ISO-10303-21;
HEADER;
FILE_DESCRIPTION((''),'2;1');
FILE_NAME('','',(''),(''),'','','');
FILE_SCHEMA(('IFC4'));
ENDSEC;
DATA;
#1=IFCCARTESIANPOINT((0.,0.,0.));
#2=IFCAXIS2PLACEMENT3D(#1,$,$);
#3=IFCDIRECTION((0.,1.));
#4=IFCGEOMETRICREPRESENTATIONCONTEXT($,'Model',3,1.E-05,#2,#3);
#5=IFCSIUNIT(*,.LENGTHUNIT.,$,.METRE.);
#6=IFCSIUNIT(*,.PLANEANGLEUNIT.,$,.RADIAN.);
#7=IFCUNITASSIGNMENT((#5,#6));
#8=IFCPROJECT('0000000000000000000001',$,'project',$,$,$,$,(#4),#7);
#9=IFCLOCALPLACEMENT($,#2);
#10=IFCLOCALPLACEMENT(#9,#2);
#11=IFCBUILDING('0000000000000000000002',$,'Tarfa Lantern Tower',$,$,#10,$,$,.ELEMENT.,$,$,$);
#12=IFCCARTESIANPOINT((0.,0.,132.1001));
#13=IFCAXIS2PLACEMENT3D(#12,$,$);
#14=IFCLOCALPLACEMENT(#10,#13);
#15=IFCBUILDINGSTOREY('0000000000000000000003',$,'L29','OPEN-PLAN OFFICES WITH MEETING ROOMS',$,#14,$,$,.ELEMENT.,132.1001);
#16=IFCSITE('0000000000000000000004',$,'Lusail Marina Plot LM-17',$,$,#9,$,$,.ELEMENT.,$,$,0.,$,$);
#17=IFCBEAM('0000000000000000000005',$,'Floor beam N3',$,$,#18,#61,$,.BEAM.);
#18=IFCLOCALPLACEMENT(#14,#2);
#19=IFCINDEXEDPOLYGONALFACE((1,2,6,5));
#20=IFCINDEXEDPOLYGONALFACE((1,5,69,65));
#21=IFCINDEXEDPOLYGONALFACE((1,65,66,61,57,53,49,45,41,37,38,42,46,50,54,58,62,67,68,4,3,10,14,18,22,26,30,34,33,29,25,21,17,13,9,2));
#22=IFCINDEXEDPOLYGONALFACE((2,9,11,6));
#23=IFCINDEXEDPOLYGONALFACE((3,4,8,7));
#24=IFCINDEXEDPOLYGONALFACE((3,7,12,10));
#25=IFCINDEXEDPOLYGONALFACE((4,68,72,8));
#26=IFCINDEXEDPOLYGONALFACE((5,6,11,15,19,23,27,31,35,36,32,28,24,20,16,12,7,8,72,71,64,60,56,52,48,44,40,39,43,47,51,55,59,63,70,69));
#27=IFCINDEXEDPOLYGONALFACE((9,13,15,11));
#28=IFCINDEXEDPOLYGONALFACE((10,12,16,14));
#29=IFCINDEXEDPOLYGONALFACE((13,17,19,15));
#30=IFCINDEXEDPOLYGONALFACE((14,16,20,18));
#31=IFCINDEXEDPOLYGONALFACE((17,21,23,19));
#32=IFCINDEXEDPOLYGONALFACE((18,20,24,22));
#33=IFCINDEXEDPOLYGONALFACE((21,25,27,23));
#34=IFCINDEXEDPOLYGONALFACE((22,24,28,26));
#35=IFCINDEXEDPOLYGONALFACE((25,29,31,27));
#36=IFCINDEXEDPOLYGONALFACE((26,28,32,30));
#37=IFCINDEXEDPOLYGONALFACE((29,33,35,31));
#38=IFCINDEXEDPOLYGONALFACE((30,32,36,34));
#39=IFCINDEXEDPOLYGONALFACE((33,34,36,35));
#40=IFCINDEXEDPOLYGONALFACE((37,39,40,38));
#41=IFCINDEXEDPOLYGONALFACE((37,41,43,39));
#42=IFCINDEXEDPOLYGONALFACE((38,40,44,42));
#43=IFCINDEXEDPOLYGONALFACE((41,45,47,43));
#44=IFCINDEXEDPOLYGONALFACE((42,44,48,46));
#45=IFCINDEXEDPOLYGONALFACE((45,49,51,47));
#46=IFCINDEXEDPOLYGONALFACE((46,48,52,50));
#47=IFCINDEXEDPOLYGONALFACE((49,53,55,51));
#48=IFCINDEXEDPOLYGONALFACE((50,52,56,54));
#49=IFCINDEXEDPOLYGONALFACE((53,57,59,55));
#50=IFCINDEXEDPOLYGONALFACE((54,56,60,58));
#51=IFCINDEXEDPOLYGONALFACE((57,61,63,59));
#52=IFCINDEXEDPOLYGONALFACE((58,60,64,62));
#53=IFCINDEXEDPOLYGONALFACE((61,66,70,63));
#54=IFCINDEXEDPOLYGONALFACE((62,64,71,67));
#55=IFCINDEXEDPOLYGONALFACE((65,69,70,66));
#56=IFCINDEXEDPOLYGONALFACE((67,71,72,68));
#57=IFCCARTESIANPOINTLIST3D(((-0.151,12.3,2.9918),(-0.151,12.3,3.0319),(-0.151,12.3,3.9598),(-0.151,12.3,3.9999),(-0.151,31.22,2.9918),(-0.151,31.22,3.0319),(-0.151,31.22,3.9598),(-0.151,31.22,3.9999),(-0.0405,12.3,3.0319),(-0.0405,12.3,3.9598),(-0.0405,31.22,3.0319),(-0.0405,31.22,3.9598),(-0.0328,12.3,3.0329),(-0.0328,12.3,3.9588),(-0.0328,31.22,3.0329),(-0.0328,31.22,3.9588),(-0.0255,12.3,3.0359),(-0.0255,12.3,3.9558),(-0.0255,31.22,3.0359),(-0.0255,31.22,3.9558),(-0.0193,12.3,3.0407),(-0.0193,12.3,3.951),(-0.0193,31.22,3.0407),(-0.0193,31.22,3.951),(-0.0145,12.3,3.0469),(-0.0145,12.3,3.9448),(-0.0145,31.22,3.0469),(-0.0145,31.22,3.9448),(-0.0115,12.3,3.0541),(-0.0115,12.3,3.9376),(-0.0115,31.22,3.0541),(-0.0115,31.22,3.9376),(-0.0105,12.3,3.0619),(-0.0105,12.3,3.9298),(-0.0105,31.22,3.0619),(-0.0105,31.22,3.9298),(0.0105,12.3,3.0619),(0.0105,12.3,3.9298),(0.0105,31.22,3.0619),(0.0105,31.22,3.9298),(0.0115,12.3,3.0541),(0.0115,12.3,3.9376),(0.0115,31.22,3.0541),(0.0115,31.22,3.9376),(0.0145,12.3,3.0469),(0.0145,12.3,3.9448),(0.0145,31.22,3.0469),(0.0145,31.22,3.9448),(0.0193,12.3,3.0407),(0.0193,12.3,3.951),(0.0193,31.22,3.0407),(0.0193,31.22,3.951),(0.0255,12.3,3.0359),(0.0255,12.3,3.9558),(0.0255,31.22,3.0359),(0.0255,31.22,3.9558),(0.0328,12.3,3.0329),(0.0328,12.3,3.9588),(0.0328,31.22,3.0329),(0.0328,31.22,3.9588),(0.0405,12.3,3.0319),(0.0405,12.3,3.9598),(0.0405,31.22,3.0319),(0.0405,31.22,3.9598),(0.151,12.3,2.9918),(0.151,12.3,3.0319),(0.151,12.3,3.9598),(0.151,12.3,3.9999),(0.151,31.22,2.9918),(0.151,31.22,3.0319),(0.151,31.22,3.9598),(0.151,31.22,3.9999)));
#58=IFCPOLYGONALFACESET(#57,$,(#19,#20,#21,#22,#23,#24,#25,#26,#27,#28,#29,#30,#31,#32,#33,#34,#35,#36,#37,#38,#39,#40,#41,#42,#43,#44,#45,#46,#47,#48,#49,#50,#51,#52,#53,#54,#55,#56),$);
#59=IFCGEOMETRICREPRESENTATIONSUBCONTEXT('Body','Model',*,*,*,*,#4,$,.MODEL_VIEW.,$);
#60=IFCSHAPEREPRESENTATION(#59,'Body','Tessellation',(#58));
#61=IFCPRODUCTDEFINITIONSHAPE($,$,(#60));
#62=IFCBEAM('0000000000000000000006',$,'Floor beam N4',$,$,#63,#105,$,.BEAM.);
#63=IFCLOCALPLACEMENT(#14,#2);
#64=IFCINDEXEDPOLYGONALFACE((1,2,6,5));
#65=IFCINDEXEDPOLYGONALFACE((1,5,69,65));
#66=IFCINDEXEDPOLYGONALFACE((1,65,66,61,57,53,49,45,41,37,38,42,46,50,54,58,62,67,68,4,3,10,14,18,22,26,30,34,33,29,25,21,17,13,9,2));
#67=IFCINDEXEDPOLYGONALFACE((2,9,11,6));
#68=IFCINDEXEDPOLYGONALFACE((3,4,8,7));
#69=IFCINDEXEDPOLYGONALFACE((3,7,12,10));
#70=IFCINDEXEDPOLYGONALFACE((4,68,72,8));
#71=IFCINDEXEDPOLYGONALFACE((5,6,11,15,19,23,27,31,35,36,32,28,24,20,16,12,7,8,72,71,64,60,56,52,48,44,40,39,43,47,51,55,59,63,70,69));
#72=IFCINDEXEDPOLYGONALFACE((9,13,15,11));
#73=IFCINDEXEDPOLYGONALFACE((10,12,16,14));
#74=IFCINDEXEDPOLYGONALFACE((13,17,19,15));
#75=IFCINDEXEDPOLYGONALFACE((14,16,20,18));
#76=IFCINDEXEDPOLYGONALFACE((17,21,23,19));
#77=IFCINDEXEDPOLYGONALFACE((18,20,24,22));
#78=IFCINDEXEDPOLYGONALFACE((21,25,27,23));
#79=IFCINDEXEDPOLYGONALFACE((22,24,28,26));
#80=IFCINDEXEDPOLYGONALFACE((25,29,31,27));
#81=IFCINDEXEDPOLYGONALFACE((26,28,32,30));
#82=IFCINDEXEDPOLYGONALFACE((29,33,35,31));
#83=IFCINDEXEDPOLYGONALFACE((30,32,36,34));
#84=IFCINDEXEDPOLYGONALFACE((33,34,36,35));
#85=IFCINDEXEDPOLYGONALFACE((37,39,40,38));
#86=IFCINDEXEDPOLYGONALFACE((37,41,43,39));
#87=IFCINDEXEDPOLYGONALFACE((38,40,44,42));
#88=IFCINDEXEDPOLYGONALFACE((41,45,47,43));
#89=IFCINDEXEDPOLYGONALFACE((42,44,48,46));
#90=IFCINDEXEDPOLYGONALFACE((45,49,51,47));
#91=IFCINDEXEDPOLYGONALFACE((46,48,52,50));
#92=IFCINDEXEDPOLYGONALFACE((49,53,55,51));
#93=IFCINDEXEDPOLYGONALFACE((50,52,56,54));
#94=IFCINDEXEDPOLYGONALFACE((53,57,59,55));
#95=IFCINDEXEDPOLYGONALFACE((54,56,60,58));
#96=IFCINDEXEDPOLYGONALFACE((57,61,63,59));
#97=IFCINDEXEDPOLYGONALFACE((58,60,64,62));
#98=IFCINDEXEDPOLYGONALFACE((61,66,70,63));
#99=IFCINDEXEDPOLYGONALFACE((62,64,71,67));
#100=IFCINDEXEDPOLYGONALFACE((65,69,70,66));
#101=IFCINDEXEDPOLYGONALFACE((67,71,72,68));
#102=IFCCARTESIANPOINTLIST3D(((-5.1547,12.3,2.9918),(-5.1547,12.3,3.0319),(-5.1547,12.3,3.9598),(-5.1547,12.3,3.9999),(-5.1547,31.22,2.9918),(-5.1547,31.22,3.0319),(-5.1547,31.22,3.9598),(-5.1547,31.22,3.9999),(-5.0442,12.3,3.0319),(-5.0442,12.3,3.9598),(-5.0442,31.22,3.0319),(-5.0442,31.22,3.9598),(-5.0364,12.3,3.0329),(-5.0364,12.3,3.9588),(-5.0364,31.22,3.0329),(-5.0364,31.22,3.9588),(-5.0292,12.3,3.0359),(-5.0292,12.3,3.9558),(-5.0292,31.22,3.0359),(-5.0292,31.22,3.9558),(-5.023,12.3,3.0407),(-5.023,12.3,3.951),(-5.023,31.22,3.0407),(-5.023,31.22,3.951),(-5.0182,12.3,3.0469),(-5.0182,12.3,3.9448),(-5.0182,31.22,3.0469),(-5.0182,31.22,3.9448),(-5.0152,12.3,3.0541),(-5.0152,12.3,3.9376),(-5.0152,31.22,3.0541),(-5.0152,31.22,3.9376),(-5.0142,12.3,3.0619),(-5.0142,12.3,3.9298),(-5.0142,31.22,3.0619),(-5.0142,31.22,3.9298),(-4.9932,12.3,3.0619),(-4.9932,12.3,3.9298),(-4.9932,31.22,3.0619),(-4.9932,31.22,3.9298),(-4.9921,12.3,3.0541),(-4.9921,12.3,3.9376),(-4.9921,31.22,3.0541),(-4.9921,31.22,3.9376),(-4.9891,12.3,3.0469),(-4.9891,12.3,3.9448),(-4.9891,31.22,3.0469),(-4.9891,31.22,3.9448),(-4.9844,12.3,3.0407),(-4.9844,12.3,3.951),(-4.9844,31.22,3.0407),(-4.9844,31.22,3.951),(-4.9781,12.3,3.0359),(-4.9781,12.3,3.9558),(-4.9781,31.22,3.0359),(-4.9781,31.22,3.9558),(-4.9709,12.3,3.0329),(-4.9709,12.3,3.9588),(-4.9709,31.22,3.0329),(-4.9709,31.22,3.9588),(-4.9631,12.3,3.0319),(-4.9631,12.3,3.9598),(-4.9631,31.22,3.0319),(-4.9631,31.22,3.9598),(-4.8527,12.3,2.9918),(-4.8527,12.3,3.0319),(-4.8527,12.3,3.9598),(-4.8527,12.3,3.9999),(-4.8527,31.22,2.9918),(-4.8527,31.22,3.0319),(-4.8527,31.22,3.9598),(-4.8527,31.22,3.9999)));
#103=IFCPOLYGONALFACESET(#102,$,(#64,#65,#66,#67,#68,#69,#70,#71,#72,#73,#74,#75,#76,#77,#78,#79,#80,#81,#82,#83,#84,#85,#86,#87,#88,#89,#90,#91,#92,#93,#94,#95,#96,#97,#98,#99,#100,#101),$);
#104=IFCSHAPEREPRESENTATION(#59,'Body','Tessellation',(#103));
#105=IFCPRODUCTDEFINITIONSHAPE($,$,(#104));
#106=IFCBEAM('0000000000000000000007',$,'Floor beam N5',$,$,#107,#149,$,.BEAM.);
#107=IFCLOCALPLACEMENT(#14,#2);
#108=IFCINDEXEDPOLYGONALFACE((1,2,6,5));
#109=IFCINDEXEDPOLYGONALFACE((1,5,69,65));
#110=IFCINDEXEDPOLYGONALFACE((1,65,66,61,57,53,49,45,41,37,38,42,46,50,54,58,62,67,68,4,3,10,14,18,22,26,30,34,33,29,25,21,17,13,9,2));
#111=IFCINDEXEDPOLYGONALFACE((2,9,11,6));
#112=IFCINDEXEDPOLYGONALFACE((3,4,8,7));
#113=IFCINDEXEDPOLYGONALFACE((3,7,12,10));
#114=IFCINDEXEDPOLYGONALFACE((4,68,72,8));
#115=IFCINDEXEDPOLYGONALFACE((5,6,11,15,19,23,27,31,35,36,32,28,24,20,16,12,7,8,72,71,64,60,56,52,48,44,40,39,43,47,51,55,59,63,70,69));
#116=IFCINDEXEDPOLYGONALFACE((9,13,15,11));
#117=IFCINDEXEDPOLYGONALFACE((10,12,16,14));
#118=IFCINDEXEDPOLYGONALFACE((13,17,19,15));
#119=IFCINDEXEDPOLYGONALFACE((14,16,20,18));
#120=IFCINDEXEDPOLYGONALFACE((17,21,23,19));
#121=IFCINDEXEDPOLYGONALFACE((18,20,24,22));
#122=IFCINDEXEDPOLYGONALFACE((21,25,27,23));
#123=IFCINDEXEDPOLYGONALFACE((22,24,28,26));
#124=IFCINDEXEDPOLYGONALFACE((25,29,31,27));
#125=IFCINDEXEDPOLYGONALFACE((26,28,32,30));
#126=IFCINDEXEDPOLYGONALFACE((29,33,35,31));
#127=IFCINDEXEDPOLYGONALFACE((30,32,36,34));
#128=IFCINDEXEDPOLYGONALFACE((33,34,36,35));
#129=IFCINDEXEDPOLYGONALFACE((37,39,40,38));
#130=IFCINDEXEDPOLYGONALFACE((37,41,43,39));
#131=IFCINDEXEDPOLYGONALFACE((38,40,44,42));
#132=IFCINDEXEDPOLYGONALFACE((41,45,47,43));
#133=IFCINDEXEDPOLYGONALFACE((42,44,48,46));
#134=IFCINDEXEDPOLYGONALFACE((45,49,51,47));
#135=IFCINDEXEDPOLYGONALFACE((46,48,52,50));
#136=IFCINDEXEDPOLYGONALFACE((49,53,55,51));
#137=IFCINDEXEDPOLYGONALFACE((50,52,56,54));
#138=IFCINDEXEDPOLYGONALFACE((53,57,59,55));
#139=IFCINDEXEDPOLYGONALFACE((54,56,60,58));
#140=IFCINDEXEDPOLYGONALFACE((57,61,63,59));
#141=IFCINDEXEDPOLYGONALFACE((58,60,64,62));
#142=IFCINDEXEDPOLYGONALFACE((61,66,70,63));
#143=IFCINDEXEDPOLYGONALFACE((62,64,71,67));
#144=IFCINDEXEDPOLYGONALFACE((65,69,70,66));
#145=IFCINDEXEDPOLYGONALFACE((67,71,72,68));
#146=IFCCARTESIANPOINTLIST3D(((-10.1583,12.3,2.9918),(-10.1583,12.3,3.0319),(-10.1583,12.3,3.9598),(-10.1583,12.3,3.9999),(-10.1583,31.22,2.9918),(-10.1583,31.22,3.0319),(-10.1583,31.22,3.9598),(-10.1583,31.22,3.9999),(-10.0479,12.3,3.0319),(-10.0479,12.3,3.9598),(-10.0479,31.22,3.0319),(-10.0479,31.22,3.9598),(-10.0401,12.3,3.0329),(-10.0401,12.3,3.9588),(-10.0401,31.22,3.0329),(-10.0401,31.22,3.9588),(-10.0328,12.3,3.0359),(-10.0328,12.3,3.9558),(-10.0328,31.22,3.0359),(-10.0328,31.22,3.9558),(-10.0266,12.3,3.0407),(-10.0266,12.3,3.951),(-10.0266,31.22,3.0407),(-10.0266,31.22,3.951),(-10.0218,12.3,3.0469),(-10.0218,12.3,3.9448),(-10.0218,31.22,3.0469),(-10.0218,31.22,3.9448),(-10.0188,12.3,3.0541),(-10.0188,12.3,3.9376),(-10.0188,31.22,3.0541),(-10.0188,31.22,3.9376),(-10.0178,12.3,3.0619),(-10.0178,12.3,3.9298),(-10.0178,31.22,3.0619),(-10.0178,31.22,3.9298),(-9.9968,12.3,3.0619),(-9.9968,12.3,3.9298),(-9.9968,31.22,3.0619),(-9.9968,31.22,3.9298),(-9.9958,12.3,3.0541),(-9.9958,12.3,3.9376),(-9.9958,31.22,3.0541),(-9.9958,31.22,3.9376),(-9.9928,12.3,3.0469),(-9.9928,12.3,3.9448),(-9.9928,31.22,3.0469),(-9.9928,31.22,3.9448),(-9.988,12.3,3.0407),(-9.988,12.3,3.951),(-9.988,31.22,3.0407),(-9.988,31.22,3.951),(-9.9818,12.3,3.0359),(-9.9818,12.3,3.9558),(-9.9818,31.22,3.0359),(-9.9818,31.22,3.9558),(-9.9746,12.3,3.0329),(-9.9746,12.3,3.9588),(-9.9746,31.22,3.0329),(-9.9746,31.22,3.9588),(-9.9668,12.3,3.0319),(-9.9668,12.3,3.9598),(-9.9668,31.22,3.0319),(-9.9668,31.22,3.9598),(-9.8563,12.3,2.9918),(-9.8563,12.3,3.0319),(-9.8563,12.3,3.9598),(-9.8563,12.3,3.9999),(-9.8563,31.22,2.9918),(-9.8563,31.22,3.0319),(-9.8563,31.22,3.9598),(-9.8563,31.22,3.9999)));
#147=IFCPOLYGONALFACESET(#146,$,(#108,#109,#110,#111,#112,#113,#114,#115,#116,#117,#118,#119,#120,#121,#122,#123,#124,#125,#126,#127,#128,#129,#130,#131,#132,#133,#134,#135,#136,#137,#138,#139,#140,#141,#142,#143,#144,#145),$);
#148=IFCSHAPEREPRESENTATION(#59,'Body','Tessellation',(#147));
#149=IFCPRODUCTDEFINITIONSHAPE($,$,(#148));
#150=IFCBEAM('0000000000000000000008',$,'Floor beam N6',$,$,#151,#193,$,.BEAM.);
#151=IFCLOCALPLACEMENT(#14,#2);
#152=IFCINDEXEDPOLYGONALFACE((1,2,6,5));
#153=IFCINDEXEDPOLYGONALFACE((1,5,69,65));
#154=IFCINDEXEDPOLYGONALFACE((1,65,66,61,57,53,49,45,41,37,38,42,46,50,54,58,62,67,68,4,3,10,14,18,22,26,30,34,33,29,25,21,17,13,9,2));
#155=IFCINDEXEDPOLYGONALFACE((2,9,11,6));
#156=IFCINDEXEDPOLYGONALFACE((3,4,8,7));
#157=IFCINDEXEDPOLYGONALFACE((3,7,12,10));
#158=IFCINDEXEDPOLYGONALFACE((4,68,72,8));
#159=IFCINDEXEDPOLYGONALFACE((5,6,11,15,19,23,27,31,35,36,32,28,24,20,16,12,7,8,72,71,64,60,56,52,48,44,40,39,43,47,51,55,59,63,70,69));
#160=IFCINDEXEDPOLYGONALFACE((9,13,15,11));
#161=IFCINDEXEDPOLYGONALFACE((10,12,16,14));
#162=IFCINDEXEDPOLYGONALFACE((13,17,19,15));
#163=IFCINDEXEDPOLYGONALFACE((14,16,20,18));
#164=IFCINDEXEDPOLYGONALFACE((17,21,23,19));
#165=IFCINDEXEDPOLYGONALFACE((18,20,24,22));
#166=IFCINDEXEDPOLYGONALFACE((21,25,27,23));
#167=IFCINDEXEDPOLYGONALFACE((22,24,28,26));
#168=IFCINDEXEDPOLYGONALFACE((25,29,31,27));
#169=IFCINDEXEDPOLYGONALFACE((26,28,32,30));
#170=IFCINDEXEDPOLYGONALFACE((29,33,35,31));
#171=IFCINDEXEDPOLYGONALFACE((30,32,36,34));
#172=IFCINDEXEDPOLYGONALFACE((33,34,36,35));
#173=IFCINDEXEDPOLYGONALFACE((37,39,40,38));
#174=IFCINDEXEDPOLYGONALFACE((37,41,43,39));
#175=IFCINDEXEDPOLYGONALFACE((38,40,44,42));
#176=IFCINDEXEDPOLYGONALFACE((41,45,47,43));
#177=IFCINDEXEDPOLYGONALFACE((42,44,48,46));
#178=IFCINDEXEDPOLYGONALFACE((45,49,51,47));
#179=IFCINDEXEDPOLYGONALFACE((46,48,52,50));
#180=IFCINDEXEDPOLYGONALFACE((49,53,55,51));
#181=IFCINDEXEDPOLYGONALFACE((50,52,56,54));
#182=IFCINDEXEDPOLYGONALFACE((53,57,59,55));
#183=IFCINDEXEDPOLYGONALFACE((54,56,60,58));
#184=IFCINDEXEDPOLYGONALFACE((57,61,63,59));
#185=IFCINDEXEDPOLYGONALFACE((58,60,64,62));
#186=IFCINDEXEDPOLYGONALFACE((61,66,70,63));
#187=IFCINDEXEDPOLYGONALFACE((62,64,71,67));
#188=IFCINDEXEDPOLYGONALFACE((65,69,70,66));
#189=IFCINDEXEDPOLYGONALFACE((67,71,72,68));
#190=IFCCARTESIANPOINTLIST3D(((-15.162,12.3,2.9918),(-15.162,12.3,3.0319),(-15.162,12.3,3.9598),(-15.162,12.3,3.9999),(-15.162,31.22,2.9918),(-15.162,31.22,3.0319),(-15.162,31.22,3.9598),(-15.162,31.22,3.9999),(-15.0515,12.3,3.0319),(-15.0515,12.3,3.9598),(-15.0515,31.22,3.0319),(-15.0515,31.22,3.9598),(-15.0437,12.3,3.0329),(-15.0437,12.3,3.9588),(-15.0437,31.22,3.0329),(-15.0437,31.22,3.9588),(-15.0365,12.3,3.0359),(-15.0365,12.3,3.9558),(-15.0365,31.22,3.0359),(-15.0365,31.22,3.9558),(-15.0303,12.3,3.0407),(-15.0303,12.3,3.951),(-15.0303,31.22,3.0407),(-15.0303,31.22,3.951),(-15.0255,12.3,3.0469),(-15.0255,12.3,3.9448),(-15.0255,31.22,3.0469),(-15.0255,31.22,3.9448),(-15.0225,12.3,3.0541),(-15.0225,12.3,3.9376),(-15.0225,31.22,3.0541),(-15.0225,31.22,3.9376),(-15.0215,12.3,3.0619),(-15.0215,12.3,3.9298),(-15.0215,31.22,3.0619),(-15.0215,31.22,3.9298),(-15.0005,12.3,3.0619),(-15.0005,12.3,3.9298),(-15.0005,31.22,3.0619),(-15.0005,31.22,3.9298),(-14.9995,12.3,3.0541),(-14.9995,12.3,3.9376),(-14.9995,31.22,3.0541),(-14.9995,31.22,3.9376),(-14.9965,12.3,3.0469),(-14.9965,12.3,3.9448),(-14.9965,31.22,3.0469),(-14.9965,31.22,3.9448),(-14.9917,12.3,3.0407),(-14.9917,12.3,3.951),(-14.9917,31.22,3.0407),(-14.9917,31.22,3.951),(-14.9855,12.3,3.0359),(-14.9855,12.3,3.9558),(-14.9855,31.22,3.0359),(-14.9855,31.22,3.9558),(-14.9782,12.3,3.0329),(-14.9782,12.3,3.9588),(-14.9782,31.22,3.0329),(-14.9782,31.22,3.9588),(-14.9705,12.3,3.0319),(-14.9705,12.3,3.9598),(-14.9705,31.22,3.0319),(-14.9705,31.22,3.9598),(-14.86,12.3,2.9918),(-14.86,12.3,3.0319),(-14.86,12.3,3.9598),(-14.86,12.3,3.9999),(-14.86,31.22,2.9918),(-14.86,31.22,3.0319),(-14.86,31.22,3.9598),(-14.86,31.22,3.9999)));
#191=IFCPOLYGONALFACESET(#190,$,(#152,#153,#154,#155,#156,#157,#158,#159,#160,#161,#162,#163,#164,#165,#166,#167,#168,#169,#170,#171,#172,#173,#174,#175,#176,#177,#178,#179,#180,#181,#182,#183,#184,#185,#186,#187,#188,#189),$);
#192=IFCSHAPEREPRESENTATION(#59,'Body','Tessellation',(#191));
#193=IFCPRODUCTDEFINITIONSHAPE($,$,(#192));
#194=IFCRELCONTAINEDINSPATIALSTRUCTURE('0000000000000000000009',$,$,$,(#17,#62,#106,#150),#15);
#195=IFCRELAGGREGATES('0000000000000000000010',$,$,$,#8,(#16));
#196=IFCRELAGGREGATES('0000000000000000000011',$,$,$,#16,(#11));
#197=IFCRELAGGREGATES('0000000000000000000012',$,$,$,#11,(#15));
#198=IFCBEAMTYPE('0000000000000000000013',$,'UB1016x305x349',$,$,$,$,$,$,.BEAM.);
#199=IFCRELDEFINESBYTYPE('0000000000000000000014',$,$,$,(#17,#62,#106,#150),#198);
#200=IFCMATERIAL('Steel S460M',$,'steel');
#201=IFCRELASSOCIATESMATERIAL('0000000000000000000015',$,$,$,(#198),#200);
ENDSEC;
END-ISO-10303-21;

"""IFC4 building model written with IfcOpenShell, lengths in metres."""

from ifc_helpers import new_model, si_unit, direction, frame, origin, origin_2d, place, context, subcontext, project, spatial, i_section, extrude, material, material_profile, profile_set, type_object, element, save


model = new_model("IFC4")

# Units and contexts
model_context = context("Model", 3, precision=1e-05, world=origin(), true_north=direction((0.0, 1.0)))
body_context = subcontext(model_context, "Body", "Model", "MODEL_VIEW")
ifc_project = project(units=[si_unit("LENGTHUNIT", "METRE"), si_unit("PLANEANGLEUNIT", "RADIAN")], contexts=[model_context])

# Site, building, storey
site_placement = place(None, origin())
site = spatial("IfcSite", under=ifc_project, at=site_placement, Name="Lusail Marina Plot LM-17", CompositionType="ELEMENT", RefElevation=0.0)
building_placement = place(site_placement, origin())
building = spatial("IfcBuilding", under=site, at=building_placement, Name="Tarfa Lantern Tower", CompositionType="ELEMENT")
storey_placement = place(building_placement, frame((0.0, 0.0, 132.1001)))
storey = spatial("IfcBuildingStorey", under=building, at=storey_placement, Name="L29", Description="OPEN-PLAN OFFICES WITH MEETING ROOMS", CompositionType="ELEMENT", Elevation=132.1001)

# Beams
ifc_material_1 = material(Name="Steel S460M", Category="steel")
ifc_material_profile_1 = material_profile(ifc_material_1, i_section(OverallWidth=0.302, OverallDepth=1.0081, WebThickness=0.021, FlangeThickness=0.04, FilletRadius=0.03, at=origin_2d()), Name="UB1016x305x349")
ifc_profile_set_1 = profile_set([ifc_material_profile_1], Name="Steel S460M")
beam_type_1 = type_object("IfcBeamType", Name="UB1016x305x349", PredefinedType="BEAM", material=ifc_profile_set_1)
for number, where, z_axis, x_axis, name in (
    (1, (0.0, 31.22, 3.4958), (0.0, -1.0, 0.0), (1.0, 0.0, 0.0), "Floor beam N3"),
    (2, (-5.0037, 31.22, 3.4958), (0.0, -1.0, 0.0), (1.0, 0.0, 0.0), "Floor beam N4"),
    (3, (-10.0073, 31.22, 3.4958), (0.0, -1.0, 0.0), (1.0, 0.0, 0.0), "Floor beam N5"),
    (4, (-15.011, 31.22, 3.4958), (0.0, -1.0, 0.0), (1.0, 0.0, 0.0), "Floor beam N6"),
):
    element("IfcBeam", number, at=place(storey_placement, frame(where, z_axis=z_axis, x_axis=x_axis)), inside=storey, type_object=beam_type_1, Name=name, PredefinedType="BEAM", context=body_context, shape_type="SweptSolid", body=[
        extrude(i_section(OverallWidth=0.302, OverallDepth=1.0081, WebThickness=0.021, FlangeThickness=0.04, FilletRadius=0.03, at=origin_2d()), origin(), (0.0, 0.0, 1.0), 18.9199),
    ])

save(model, "model.ifc")
